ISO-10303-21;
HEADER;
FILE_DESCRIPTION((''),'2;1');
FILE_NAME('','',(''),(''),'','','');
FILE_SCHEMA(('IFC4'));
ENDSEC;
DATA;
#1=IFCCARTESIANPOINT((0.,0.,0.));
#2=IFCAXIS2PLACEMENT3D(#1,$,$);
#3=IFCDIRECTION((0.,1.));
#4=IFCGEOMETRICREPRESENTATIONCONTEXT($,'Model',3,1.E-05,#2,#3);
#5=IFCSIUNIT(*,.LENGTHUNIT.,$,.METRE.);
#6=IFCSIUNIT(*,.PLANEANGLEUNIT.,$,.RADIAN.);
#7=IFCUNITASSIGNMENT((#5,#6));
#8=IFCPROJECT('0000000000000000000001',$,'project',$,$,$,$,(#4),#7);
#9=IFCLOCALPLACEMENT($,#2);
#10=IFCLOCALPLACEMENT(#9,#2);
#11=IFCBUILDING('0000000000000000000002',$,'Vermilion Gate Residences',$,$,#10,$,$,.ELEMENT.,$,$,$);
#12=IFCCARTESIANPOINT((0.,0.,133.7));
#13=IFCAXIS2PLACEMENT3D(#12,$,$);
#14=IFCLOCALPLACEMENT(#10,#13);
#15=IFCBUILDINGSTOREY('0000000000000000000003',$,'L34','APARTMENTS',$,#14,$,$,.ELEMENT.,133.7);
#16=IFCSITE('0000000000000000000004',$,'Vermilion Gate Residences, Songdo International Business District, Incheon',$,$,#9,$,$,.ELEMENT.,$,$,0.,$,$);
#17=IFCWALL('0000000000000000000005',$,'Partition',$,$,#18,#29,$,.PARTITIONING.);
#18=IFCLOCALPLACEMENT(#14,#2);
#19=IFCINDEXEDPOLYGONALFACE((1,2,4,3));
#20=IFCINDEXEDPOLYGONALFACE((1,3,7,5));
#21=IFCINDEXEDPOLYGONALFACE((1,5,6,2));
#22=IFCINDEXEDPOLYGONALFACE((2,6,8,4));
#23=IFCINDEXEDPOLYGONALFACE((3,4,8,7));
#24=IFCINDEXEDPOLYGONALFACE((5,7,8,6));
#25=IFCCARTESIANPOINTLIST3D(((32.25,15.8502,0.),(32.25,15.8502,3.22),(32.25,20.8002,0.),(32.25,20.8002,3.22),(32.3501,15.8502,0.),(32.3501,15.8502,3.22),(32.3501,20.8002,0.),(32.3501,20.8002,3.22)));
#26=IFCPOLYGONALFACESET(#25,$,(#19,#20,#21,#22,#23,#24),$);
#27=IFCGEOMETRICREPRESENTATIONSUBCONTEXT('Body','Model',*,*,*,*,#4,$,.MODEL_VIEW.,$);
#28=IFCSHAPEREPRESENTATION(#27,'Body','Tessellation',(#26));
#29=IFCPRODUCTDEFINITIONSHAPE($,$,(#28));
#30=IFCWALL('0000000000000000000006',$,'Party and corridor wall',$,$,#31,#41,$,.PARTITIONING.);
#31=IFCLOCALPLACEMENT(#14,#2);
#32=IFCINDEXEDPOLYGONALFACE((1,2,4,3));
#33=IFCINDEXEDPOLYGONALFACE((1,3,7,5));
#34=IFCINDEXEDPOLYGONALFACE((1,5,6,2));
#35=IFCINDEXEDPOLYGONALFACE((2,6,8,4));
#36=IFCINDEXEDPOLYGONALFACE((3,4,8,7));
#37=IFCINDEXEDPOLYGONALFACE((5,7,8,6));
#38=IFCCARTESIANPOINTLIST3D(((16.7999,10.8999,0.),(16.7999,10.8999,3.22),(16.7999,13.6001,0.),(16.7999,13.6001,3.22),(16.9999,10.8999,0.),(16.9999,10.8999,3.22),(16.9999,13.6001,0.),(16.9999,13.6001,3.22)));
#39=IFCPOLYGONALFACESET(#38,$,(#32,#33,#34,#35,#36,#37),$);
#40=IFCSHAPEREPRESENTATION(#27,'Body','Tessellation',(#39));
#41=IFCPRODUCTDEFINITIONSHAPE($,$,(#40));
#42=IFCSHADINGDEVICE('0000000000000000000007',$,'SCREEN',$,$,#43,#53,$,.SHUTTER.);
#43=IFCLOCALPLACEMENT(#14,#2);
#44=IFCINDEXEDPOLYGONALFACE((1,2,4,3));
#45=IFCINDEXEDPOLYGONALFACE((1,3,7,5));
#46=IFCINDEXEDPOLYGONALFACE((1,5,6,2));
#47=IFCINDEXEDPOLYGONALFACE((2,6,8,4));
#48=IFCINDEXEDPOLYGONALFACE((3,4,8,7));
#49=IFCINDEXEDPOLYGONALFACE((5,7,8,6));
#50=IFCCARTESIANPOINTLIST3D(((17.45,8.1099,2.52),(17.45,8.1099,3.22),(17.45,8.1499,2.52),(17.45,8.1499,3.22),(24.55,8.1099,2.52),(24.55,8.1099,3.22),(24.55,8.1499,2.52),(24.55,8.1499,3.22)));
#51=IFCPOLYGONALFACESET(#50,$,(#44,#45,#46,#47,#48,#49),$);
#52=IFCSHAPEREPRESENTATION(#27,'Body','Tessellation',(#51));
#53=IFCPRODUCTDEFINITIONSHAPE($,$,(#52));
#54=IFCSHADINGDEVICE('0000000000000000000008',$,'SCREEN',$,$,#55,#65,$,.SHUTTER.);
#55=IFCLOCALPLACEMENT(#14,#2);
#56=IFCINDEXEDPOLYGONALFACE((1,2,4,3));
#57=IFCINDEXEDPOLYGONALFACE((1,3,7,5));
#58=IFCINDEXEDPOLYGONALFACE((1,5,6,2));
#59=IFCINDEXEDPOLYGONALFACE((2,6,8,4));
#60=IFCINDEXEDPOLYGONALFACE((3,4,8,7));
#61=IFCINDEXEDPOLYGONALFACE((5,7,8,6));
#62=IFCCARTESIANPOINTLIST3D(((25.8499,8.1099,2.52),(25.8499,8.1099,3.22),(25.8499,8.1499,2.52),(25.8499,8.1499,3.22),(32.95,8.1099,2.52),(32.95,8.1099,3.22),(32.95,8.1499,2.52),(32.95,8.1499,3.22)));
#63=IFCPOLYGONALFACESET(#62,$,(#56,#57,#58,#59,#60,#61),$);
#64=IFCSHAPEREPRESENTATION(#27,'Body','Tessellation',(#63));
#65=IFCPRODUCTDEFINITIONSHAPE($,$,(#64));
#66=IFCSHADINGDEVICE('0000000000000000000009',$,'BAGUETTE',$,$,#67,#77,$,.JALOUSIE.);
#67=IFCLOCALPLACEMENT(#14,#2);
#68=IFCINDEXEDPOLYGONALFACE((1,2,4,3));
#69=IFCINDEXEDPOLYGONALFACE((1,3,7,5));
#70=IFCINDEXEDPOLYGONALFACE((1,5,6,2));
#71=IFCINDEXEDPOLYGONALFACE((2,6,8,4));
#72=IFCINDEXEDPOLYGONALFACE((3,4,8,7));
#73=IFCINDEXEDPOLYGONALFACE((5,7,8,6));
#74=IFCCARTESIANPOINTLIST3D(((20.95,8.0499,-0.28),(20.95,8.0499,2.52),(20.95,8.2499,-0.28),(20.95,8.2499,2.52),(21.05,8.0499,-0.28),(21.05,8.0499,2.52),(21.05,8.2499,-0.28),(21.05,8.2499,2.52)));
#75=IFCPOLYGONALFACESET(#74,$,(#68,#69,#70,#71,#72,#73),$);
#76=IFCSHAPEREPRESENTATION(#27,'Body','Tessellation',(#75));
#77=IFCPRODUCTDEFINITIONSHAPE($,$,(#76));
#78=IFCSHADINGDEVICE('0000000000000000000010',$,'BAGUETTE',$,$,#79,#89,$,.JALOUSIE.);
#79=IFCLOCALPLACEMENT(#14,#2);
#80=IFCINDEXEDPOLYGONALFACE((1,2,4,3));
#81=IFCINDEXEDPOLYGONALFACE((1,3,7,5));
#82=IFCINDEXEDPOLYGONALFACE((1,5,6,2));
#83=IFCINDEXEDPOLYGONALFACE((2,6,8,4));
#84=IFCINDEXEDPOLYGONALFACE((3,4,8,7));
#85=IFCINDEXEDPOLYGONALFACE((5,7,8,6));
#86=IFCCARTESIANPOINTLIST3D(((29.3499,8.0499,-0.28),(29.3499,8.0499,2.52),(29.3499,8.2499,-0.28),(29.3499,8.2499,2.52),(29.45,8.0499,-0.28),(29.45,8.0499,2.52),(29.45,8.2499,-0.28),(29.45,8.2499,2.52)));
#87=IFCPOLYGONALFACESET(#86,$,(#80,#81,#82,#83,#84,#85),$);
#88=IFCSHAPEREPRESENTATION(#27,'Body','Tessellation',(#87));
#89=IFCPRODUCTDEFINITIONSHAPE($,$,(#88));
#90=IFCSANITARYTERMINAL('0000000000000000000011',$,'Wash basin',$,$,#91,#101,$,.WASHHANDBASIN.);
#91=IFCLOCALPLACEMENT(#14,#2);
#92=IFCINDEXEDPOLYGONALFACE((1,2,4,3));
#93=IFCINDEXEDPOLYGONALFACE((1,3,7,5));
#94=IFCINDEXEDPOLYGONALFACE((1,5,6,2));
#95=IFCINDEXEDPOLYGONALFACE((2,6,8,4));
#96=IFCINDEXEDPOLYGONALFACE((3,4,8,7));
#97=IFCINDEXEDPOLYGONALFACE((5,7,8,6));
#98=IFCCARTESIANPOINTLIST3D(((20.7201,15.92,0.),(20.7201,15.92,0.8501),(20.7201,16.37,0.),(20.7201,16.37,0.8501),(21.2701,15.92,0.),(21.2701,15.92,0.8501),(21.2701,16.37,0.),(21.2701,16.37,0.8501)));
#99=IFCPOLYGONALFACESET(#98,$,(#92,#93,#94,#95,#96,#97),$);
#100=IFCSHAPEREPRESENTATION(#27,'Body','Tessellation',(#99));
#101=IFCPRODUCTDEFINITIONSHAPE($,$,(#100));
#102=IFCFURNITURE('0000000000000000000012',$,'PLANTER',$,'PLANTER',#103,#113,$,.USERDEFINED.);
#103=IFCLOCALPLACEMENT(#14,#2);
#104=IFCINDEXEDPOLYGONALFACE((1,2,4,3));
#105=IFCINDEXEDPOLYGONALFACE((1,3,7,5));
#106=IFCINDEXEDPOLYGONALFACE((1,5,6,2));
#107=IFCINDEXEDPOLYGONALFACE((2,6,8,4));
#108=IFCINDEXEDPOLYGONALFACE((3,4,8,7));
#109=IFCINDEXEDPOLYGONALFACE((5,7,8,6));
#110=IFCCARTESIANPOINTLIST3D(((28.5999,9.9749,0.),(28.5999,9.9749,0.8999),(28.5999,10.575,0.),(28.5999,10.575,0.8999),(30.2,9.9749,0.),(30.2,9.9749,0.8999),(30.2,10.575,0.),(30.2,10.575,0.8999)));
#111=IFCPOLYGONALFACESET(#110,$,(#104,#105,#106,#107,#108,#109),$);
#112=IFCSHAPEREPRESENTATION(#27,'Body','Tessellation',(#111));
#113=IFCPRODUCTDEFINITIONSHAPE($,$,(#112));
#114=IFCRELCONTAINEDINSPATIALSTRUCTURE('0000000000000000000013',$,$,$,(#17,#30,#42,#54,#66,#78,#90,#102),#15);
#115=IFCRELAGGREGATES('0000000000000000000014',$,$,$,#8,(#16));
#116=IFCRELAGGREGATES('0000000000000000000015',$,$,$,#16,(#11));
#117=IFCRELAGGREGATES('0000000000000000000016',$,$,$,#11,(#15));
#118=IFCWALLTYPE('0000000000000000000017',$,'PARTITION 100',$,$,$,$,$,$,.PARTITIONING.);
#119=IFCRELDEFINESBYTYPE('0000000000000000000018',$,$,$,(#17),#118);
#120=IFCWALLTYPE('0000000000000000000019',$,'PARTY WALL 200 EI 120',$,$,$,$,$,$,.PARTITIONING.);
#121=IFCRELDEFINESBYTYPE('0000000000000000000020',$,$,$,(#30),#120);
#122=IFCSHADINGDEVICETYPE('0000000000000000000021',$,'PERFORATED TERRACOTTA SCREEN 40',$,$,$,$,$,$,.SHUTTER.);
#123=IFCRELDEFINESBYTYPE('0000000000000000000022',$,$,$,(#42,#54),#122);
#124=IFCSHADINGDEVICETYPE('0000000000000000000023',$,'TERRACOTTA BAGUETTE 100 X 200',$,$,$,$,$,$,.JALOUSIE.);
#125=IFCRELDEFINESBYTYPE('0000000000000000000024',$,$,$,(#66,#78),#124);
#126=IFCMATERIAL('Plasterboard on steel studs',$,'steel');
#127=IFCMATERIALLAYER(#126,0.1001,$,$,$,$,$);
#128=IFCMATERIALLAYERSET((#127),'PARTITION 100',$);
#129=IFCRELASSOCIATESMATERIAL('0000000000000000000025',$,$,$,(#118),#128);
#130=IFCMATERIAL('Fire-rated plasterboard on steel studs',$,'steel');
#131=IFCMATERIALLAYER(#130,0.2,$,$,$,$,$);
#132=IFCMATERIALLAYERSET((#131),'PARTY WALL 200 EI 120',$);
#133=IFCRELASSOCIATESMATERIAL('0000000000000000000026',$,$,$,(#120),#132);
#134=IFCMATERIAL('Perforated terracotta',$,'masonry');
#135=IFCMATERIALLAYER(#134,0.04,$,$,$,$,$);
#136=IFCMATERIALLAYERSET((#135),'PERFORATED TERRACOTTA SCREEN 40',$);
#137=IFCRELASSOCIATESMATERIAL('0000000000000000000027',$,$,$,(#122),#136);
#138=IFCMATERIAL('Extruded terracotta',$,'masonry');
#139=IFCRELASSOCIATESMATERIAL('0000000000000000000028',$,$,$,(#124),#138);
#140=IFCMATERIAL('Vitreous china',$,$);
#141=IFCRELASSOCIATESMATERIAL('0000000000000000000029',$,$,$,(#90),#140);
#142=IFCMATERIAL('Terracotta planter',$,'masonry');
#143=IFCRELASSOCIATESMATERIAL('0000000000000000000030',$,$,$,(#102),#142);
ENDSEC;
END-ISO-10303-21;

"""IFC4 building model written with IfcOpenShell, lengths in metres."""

from ifc_helpers import new_model, si_unit, direction, frame, frame_2d, origin, origin_2d, place, context, subcontext, project, spatial, rectangle, extrude, material, layer, layer_set, material_profile, profile_set, type_object, element, save


model = new_model("IFC4")

# Units and contexts
model_context = context("Model", 3, precision=1e-05, world=origin(), true_north=direction((0.0, 1.0)))
body_context = subcontext(model_context, "Body", "Model", "MODEL_VIEW")
ifc_project = project(units=[si_unit("LENGTHUNIT", "METRE"), si_unit("PLANEANGLEUNIT", "RADIAN")], contexts=[model_context])

# Site, building, storey
site_placement = place(None, origin())
site = spatial("IfcSite", under=ifc_project, at=site_placement, Name="Vermilion Gate Residences, Songdo International Business District, Incheon", CompositionType="ELEMENT", RefElevation=0.0)
building_placement = place(site_placement, origin())
building = spatial("IfcBuilding", under=site, at=building_placement, Name="Vermilion Gate Residences", CompositionType="ELEMENT")
storey_placement = place(building_placement, frame((0.0, 0.0, 133.7)))
storey = spatial("IfcBuildingStorey", under=building, at=storey_placement, Name="L34", Description="APARTMENTS", CompositionType="ELEMENT", Elevation=133.7)

# Shared definitions
ifc_material_1 = material(Name="Plasterboard on steel studs", Category="steel")
ifc_layer_1 = layer(ifc_material_1, 0.1001)
ifc_layer_set_1 = layer_set([ifc_layer_1], Name="PARTITION 100")
wall_type_1 = type_object("IfcWallType", Name="PARTITION 100", PredefinedType="PARTITIONING", material=ifc_layer_set_1)

# Walls
wall_1_placement = place(storey_placement, frame((32.3, 15.8501, 0.0), z_axis=(0.0, 0.0, 1.0), x_axis=(0.0, 1.0, 0.0)))
element("IfcWall", 1, at=wall_1_placement, inside=storey, type_object=wall_type_1, Name="Partition", PredefinedType="PARTITIONING", context=body_context, shape_type="SweptSolid", body=[
    extrude(rectangle(XDim=4.95, YDim=0.1001, at=frame_2d((2.4751, 0.0))), origin(), (0.0, 0.0, 1.0), 3.22),
])
ifc_material_2 = material(Name="Fire-rated plasterboard on steel studs", Category="steel")
ifc_layer_2 = layer(ifc_material_2, 0.2)
ifc_layer_set_2 = layer_set([ifc_layer_2], Name="PARTY WALL 200 EI 120")
wall_type_2 = type_object("IfcWallType", Name="PARTY WALL 200 EI 120", PredefinedType="PARTITIONING", material=ifc_layer_set_2)
wall_2_placement = place(storey_placement, frame((16.8999, 10.8999, 0.0), z_axis=(0.0, 0.0, 1.0), x_axis=(0.0, 1.0, 0.0)))
element("IfcWall", 2, at=wall_2_placement, inside=storey, type_object=wall_type_2, Name="Party and corridor wall", PredefinedType="PARTITIONING", context=body_context, shape_type="SweptSolid", body=[
    extrude(rectangle(XDim=2.7002, YDim=0.2, at=frame_2d((1.3501, 0.0))), origin(), (0.0, 0.0, 1.0), 3.22),
])

# Shading devices
ifc_material_3 = material(Name="Perforated terracotta", Category="masonry")
ifc_layer_3 = layer(ifc_material_3, 0.04)
ifc_layer_set_3 = layer_set([ifc_layer_3], Name="PERFORATED TERRACOTTA SCREEN 40")
shading_device_type_1 = type_object("IfcShadingDeviceType", Name="PERFORATED TERRACOTTA SCREEN 40", PredefinedType="SHUTTER", material=ifc_layer_set_3)
for number, where, z_axis, x_axis, name in (
    (3, (21.0, 8.1299, 2.52), (0.0, 0.0, 1.0), (1.0, 0.0, 0.0), "SCREEN"),
    (4, (29.3999, 8.1299, 2.52), (0.0, 0.0, 1.0), (1.0, 0.0, 0.0), "SCREEN"),
):
    element("IfcShadingDevice", number, at=place(storey_placement, frame(where, z_axis=z_axis, x_axis=x_axis)), inside=storey, type_object=shading_device_type_1, Name=name, PredefinedType="SHUTTER", context=body_context, shape_type="SweptSolid", body=[
        extrude(rectangle(XDim=7.1001, YDim=0.04, at=origin_2d()), origin(), (0.0, 0.0, 1.0), 0.7),
    ])
ifc_material_4 = material(Name="Extruded terracotta", Category="masonry")
ifc_material_profile_1 = material_profile(ifc_material_4, rectangle(XDim=0.2, YDim=0.1001, at=origin_2d()), Name="BAGUETTE 100 X 200")
ifc_profile_set_1 = profile_set([ifc_material_profile_1], Name="Extruded terracotta")
shading_device_type_2 = type_object("IfcShadingDeviceType", Name="TERRACOTTA BAGUETTE 100 X 200", PredefinedType="JALOUSIE", material=ifc_profile_set_1)
for number, where, z_axis, x_axis, name in (
    (5, (21.0, 8.1499, -0.28), (0.0, 0.0, 1.0), (0.0, 1.0, 0.0), "BAGUETTE"),
    (6, (29.3999, 8.1499, -0.28), (0.0, 0.0, 1.0), (0.0, 1.0, 0.0), "BAGUETTE"),
):
    element("IfcShadingDevice", number, at=place(storey_placement, frame(where, z_axis=z_axis, x_axis=x_axis)), inside=storey, type_object=shading_device_type_2, Name=name, PredefinedType="JALOUSIE", context=body_context, shape_type="SweptSolid", body=[
        extrude(rectangle(XDim=0.2, YDim=0.1001, at=origin_2d()), origin(), (0.0, 0.0, 1.0), 2.8),
    ])

# Sanitary terminal
ifc_material_5 = material(Name="Vitreous china")
sanitary_terminal_placement = place(storey_placement, frame((20.9951, 16.145, 0.0), z_axis=(0.0, 0.0, 1.0), x_axis=(1.0, 0.0, 0.0)))
element("IfcSanitaryTerminal", 7, at=sanitary_terminal_placement, inside=storey, material=ifc_material_5, Name="Wash basin", PredefinedType="WASHHANDBASIN", context=body_context, shape_type="SweptSolid", body=[
    extrude(rectangle(XDim=0.55, YDim=0.45, at=origin_2d()), origin(), (0.0, 0.0, 1.0), 0.8501),
])

# Furniture
ifc_material_6 = material(Name="Terracotta planter", Category="masonry")
furniture_placement = place(storey_placement, frame((29.3999, 10.2749, 0.0), z_axis=(0.0, 0.0, 1.0), x_axis=(1.0, 0.0, 0.0)))
element("IfcFurniture", 8, at=furniture_placement, inside=storey, material=ifc_material_6, Name="PLANTER", ObjectType="PLANTER", PredefinedType="USERDEFINED", context=body_context, shape_type="SweptSolid", body=[
    extrude(rectangle(XDim=1.6001, YDim=0.6001, at=origin_2d()), origin(), (0.0, 0.0, 1.0), 0.8999),
])

save(model, "model.ifc")
